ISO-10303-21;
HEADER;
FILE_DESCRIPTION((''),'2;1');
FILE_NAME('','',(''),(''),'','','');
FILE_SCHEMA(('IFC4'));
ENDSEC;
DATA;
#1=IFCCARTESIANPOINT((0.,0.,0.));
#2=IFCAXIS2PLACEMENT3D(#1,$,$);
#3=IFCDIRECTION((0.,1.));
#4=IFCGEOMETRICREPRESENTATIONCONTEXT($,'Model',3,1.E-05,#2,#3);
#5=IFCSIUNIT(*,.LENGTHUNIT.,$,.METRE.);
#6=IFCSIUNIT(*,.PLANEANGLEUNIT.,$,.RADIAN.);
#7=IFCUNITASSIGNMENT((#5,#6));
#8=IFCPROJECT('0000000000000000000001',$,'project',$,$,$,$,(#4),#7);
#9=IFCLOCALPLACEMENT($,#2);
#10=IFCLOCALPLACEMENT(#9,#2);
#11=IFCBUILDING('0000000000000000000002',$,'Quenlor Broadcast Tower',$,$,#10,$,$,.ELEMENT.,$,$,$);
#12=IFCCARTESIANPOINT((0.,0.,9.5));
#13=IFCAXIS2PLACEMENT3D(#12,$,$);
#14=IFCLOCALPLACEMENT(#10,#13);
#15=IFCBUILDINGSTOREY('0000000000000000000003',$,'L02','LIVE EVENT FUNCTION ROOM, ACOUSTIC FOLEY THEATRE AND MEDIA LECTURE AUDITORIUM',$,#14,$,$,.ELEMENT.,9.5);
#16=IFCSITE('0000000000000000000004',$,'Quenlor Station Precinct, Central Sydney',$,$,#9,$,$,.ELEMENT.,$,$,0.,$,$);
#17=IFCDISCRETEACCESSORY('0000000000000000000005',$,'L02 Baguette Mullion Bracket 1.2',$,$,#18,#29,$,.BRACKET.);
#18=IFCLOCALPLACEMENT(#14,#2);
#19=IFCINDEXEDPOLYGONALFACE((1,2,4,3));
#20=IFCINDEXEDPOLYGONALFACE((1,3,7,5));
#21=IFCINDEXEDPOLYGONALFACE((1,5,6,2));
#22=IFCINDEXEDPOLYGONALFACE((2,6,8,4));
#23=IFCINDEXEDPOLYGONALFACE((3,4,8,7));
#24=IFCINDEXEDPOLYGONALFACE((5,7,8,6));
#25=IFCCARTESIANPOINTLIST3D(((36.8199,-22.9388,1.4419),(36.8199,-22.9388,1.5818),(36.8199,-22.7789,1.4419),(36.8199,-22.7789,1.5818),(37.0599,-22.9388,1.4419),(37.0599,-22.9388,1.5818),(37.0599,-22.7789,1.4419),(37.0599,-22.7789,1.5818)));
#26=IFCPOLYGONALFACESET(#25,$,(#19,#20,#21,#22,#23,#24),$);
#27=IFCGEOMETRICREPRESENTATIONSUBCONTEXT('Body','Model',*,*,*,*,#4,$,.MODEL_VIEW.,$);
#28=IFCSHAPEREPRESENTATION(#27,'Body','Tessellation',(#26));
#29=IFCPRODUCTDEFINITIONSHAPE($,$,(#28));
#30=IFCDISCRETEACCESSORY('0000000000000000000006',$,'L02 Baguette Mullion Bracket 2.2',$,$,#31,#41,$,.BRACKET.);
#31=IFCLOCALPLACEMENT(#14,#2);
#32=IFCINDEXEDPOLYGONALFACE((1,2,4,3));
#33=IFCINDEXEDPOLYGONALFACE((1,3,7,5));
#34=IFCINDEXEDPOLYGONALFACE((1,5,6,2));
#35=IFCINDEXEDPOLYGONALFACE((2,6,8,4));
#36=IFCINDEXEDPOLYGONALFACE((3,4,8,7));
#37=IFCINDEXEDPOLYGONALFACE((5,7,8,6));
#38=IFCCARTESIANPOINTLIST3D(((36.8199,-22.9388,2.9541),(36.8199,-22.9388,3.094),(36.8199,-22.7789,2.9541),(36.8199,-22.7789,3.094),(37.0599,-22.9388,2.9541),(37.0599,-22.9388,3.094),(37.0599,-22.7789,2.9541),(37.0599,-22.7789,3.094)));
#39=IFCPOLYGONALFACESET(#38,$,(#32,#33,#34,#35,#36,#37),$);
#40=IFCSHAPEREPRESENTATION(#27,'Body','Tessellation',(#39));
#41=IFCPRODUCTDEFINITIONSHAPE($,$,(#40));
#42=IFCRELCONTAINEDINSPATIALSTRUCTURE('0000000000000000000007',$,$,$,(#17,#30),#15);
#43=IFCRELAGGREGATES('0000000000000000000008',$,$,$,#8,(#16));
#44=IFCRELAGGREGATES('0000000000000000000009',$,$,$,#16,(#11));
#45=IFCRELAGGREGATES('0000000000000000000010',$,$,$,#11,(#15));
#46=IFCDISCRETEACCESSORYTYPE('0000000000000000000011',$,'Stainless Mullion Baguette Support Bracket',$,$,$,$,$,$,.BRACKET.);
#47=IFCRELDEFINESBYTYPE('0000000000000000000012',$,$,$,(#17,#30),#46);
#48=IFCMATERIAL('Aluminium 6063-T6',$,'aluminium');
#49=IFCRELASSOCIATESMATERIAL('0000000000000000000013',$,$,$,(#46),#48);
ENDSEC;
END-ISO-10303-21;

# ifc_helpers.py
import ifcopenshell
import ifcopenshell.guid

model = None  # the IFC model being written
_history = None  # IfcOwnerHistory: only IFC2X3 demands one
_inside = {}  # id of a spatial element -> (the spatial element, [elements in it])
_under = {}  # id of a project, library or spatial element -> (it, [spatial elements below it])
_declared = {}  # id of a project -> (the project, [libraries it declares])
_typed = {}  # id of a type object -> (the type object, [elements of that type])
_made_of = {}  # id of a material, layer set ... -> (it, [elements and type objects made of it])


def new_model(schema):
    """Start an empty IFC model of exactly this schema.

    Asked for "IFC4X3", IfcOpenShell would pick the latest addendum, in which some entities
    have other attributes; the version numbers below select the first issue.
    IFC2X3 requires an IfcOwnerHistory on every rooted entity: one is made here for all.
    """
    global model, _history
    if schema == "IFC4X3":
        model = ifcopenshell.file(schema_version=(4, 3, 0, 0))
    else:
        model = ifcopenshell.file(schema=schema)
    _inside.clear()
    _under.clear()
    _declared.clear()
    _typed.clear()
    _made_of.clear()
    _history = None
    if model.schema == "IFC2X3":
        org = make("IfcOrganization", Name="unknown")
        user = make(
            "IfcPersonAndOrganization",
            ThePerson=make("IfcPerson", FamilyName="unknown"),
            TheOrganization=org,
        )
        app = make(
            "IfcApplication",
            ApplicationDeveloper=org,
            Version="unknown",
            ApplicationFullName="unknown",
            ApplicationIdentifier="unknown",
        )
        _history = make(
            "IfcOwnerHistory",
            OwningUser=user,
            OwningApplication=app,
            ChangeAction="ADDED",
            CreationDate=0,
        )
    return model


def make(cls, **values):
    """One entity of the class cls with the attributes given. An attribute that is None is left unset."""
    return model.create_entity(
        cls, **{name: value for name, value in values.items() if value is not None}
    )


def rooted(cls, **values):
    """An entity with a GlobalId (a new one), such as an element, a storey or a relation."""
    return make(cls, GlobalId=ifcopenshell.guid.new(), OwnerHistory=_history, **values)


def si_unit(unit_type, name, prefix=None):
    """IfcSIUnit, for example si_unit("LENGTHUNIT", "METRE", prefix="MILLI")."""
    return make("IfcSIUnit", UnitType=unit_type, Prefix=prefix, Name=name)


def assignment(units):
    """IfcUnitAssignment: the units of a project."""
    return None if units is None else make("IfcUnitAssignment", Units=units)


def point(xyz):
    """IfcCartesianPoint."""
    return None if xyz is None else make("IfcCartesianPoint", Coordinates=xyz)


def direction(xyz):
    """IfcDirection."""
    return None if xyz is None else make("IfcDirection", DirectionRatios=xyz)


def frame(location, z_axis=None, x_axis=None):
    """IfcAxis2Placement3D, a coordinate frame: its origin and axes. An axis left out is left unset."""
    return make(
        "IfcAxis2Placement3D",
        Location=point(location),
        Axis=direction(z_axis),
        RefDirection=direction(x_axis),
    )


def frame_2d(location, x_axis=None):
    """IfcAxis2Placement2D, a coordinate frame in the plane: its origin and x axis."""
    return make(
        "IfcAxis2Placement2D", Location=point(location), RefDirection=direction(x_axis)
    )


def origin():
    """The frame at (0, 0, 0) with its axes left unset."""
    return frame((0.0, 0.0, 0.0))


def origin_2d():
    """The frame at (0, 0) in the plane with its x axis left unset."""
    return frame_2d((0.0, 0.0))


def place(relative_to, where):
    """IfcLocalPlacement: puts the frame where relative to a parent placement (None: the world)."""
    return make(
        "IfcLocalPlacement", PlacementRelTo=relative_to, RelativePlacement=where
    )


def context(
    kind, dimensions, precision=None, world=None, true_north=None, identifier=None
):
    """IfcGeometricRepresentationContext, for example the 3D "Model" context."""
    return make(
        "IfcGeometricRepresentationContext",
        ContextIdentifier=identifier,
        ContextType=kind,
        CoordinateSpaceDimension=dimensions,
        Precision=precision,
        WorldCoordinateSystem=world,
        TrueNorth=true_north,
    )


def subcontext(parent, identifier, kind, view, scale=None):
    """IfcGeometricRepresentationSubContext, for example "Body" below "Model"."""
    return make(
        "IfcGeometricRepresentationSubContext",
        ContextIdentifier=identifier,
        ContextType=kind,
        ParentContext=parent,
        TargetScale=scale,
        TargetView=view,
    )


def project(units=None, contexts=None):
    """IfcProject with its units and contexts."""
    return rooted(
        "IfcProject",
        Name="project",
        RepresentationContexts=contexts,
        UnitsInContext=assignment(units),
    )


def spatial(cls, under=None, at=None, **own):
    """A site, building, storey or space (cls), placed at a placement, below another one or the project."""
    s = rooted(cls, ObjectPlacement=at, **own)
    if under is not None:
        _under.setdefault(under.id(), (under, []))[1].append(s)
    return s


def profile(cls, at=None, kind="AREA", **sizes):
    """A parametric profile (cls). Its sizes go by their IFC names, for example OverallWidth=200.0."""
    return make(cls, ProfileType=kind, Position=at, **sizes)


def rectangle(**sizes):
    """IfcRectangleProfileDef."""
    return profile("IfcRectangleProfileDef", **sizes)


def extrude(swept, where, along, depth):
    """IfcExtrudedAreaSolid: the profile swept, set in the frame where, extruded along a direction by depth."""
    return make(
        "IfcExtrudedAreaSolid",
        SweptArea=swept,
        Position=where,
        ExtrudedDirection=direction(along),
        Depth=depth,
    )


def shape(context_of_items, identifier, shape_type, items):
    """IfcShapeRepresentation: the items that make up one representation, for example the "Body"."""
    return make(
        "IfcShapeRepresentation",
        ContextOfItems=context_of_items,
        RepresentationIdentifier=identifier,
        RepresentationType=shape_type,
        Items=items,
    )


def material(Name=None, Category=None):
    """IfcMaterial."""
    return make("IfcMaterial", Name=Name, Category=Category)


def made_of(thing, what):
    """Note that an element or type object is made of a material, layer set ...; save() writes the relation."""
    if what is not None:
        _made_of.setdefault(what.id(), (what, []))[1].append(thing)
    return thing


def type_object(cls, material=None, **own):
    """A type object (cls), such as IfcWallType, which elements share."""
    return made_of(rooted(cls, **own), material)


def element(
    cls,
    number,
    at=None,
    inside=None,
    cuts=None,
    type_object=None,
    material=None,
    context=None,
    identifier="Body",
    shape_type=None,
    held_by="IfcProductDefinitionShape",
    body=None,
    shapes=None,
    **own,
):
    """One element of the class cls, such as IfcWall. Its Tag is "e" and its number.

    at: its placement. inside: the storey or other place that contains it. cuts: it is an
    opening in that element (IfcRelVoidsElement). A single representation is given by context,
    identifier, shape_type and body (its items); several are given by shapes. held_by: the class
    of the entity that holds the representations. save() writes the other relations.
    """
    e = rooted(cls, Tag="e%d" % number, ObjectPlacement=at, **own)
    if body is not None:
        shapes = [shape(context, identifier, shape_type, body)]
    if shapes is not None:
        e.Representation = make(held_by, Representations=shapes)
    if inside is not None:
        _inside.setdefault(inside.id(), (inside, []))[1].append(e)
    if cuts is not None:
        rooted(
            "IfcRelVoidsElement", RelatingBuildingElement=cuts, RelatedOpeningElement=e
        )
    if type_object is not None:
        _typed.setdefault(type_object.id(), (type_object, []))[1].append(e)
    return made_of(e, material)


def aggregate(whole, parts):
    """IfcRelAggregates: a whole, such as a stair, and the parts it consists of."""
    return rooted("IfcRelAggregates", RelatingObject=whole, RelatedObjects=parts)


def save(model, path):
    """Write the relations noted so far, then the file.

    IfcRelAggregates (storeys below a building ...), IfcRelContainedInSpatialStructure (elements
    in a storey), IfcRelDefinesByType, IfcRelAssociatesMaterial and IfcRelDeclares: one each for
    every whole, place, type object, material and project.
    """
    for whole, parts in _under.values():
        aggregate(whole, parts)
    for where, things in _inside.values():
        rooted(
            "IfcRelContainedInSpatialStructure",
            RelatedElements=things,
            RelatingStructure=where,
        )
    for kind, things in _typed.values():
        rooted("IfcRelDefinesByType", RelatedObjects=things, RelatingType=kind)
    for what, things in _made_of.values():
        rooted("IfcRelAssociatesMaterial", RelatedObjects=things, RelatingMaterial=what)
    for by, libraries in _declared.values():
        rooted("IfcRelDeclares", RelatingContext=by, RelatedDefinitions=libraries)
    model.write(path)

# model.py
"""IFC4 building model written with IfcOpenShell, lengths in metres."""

from ifc_helpers import new_model, si_unit, direction, frame, origin, origin_2d, place, context, subcontext, project, spatial, rectangle, extrude, material, type_object, element, save


model = new_model("IFC4")

# Units and contexts
model_context = context("Model", 3, precision=1e-05, world=origin(), true_north=direction((0.0, 1.0)))
body_context = subcontext(model_context, "Body", "Model", "MODEL_VIEW")
ifc_project = project(units=[si_unit("LENGTHUNIT", "METRE"), si_unit("PLANEANGLEUNIT", "RADIAN")], contexts=[model_context])

# Site, building, storey
site_placement = place(None, origin())
site = spatial("IfcSite", under=ifc_project, at=site_placement, Name="Quenlor Station Precinct, Central Sydney", CompositionType="ELEMENT", RefElevation=0.0)
building_placement = place(site_placement, origin())
building = spatial("IfcBuilding", under=site, at=building_placement, Name="Quenlor Broadcast Tower", CompositionType="ELEMENT")
storey_placement = place(building_placement, frame((0.0, 0.0, 9.5)))
storey = spatial("IfcBuildingStorey", under=building, at=storey_placement, Name="L02", Description="LIVE EVENT FUNCTION ROOM, ACOUSTIC FOLEY THEATRE AND MEDIA LECTURE AUDITORIUM", CompositionType="ELEMENT", Elevation=9.5)

# Discrete accessories
ifc_material_1 = material(Name="Aluminium 6063-T6", Category="aluminium")
discrete_accessory_type = type_object("IfcDiscreteAccessoryType", Name="Stainless Mullion Baguette Support Bracket", PredefinedType="BRACKET", material=ifc_material_1)
for number, where, z_axis, x_axis, name in (
    (1, (36.9399, -22.8589, 1.4419), (0.0, 0.0, 1.0), (0.0, -1.0, 0.0), "L02 Baguette Mullion Bracket 1.2"),
    (2, (36.9399, -22.8589, 2.9541), (0.0, 0.0, 1.0), (0.0, -1.0, 0.0), "L02 Baguette Mullion Bracket 2.2"),
):
    element("IfcDiscreteAccessory", number, at=place(storey_placement, frame(where, z_axis=z_axis, x_axis=x_axis)), inside=storey, type_object=discrete_accessory_type, Name=name, PredefinedType="BRACKET", context=body_context, shape_type="SweptSolid", body=[
        extrude(rectangle(XDim=0.1599, YDim=0.24, at=origin_2d()), origin(), (0.0, 0.0, 1.0), 0.1399),
    ])

save(model, "model.ifc")
